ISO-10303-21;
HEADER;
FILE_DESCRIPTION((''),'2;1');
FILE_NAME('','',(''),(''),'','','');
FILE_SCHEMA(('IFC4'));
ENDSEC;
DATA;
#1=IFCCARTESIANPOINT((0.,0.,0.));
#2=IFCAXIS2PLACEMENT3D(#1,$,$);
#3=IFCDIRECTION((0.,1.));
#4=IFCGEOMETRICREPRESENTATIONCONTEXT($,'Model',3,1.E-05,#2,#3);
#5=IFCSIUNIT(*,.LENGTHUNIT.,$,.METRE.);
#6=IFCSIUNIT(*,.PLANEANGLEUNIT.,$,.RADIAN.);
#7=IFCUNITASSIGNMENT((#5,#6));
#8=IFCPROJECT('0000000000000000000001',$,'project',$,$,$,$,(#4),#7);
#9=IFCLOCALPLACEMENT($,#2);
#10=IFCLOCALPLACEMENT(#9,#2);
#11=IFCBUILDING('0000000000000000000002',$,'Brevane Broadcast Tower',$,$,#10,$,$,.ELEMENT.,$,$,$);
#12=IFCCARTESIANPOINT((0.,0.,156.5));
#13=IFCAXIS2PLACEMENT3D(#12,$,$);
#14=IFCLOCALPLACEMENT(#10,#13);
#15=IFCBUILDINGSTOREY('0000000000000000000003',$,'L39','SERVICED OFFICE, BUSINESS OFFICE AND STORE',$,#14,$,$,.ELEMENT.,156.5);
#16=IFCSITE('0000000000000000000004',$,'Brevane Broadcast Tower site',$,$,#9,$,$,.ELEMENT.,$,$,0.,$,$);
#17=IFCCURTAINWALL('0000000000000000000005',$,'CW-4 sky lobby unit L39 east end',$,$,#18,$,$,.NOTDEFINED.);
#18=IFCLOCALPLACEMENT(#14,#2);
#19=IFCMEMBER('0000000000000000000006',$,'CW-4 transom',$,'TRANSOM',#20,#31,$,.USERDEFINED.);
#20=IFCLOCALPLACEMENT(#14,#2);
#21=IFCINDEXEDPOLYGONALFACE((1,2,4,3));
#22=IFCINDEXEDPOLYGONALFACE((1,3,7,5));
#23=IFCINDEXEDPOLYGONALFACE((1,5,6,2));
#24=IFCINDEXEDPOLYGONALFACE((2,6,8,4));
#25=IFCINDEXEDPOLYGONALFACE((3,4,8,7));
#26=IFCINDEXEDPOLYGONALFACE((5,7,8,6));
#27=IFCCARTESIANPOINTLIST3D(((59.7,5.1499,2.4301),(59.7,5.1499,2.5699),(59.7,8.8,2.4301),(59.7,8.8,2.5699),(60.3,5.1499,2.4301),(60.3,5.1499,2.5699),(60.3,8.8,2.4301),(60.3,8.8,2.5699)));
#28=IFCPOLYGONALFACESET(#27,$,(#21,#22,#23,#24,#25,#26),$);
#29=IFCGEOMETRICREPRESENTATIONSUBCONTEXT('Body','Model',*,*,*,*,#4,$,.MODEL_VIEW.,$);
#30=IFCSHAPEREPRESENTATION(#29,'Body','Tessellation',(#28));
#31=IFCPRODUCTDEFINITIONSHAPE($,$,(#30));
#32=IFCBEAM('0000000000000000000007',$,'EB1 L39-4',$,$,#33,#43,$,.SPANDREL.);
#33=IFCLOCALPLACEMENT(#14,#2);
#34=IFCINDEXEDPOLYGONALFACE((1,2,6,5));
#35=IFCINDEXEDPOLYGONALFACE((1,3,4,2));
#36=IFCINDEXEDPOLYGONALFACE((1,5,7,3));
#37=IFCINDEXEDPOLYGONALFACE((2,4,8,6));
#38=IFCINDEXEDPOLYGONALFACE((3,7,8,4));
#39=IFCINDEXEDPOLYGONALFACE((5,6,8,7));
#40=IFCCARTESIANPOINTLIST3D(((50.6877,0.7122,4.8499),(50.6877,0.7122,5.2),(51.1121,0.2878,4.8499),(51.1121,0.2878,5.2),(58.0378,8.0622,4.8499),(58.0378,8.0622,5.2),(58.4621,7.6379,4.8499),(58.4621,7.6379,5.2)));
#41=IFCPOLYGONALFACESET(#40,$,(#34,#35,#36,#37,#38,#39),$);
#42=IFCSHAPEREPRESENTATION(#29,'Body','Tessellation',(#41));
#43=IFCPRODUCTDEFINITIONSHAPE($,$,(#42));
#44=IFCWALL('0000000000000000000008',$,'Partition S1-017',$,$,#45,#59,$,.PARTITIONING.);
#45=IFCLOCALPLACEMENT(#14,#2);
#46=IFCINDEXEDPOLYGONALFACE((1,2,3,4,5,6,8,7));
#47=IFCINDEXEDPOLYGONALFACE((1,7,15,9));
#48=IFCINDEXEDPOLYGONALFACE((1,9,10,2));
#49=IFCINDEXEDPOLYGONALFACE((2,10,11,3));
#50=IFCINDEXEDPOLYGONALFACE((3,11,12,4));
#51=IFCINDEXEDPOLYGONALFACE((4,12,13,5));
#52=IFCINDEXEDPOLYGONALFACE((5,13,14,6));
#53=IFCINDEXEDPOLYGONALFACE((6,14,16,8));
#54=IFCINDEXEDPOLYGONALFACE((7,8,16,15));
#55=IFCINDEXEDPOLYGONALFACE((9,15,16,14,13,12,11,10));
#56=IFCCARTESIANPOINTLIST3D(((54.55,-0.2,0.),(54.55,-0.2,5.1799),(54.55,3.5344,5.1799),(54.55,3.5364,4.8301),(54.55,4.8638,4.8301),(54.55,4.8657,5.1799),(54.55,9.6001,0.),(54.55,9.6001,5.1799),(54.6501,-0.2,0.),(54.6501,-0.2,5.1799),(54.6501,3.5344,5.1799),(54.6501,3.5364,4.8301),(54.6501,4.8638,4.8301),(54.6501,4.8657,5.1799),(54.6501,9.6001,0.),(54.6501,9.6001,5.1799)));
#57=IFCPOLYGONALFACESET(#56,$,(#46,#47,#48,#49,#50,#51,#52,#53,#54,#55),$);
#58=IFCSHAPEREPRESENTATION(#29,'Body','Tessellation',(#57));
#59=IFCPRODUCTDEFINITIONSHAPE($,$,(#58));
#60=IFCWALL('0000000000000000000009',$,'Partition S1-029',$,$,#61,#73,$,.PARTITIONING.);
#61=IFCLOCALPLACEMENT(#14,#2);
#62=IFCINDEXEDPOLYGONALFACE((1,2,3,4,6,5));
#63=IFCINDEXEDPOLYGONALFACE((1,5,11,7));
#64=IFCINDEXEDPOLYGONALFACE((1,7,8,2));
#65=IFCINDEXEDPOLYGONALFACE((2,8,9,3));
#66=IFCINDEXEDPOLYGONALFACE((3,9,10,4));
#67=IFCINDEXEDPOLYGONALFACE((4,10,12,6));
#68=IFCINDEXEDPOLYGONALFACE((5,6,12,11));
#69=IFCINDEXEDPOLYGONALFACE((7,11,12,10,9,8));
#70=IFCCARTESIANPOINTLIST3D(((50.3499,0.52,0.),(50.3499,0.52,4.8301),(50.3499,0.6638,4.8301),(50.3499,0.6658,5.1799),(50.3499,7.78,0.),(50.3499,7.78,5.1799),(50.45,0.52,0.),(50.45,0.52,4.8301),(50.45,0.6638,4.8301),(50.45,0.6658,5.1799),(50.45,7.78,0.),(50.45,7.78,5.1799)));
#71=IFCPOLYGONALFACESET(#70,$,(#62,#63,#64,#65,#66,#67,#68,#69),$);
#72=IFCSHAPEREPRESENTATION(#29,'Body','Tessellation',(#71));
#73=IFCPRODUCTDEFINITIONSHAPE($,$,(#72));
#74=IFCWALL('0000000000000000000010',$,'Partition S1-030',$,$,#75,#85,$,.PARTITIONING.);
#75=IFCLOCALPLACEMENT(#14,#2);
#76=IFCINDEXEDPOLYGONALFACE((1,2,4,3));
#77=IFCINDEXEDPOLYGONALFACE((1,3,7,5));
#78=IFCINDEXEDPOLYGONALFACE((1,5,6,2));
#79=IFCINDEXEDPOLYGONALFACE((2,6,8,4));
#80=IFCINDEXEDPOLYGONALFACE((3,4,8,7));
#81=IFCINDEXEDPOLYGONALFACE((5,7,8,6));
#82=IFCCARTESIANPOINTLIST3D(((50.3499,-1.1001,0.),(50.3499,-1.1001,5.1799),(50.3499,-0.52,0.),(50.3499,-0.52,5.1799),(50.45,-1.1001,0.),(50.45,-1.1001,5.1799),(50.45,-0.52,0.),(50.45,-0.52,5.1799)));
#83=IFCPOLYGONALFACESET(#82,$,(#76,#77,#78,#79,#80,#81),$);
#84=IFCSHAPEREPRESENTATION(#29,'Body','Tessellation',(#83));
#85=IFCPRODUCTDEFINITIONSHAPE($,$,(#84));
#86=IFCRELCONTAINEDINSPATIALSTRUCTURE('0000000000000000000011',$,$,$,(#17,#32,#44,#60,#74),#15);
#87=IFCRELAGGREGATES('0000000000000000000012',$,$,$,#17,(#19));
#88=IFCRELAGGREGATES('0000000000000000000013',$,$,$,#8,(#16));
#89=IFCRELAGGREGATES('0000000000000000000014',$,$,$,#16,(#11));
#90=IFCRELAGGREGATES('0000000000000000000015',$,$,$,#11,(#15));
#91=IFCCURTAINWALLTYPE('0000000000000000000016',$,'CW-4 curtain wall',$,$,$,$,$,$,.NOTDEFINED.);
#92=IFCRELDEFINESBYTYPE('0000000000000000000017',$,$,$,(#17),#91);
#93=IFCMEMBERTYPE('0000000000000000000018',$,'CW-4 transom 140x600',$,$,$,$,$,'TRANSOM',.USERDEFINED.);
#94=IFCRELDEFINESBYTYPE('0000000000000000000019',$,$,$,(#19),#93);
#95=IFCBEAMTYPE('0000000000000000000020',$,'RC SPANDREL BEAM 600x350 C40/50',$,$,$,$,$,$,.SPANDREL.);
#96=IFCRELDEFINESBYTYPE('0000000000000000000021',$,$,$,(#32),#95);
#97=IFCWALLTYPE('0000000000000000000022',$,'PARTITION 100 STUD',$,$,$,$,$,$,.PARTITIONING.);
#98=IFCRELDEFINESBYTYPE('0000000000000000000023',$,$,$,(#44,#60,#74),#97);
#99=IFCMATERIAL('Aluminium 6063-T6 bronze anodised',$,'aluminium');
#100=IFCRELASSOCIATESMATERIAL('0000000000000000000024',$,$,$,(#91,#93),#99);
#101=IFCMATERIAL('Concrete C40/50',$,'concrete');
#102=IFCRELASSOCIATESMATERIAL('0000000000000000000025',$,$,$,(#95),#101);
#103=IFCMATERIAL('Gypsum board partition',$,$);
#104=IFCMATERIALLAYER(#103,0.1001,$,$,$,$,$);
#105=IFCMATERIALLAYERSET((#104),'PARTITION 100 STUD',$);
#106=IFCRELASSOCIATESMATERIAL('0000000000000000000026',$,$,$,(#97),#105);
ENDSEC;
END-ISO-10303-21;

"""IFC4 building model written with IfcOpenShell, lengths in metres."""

from ifc_helpers import new_model, si_unit, direction, frame, frame_2d, origin, origin_2d, place, context, subcontext, project, spatial, polyline, rectangle, outline, extrude, material, layer, layer_set, material_profile, profile_set, type_object, element, aggregate, save


model = new_model("IFC4")

# Units and contexts
model_context = context("Model", 3, precision=1e-05, world=origin(), true_north=direction((0.0, 1.0)))
body_context = subcontext(model_context, "Body", "Model", "MODEL_VIEW")
ifc_project = project(units=[si_unit("LENGTHUNIT", "METRE"), si_unit("PLANEANGLEUNIT", "RADIAN")], contexts=[model_context])

# Site, building, storey
site_placement = place(None, origin())
site = spatial("IfcSite", under=ifc_project, at=site_placement, Name="Brevane Broadcast Tower site", CompositionType="ELEMENT", RefElevation=0.0)
building_placement = place(site_placement, origin())
building = spatial("IfcBuilding", under=site, at=building_placement, Name="Brevane Broadcast Tower", CompositionType="ELEMENT")
storey_placement = place(building_placement, frame((0.0, 0.0, 156.5)))
storey = spatial("IfcBuildingStorey", under=building, at=storey_placement, Name="L39", Description="SERVICED OFFICE, BUSINESS OFFICE AND STORE", CompositionType="ELEMENT", Elevation=156.5)

# Shared definitions
ifc_material_1 = material(Name="Aluminium 6063-T6 bronze anodised", Category="aluminium")
curtain_wall_type = type_object("IfcCurtainWallType", Name="CW-4 curtain wall", PredefinedType="NOTDEFINED", material=ifc_material_1)

# Curtain wall
curtain_wall_1_placement = place(storey_placement, origin())
curtain_wall_1 = element("IfcCurtainWall", 1, at=curtain_wall_1_placement, inside=storey, type_object=curtain_wall_type, Name="CW-4 sky lobby unit L39 east end", PredefinedType="NOTDEFINED")

# Member
ifc_material_profile_1 = material_profile(ifc_material_1, rectangle(XDim=0.6001, YDim=0.1399, at=origin_2d()), Name="RECT 140x600")
ifc_profile_set_1 = profile_set([ifc_material_profile_1], Name="Aluminium 6063-T6 bronze anodised")
member_type_1 = type_object("IfcMemberType", Name="CW-4 transom 140x600", ElementType="TRANSOM", PredefinedType="USERDEFINED", material=ifc_profile_set_1)
member_1_placement = place(storey_placement, frame((60.0, 5.1499, 2.5), z_axis=(0.0, 1.0, 0.0), x_axis=(-1.0, 0.0, 0.0)))
member_1 = element("IfcMember", 2, at=member_1_placement, type_object=member_type_1, Name="CW-4 transom", ObjectType="TRANSOM", PredefinedType="USERDEFINED", context=body_context, shape_type="SweptSolid", body=[
    extrude(rectangle(XDim=0.6001, YDim=0.1399, at=origin_2d()), origin(), (0.0, 0.0, 1.0), 3.6501),
])
aggregate(curtain_wall_1, [member_1])

# Beam
ifc_material_2 = material(Name="Concrete C40/50", Category="concrete")
ifc_material_profile_2 = material_profile(ifc_material_2, rectangle(XDim=0.6001, YDim=0.3501, at=origin_2d()), Name="RC 600x350")
ifc_profile_set_2 = profile_set([ifc_material_profile_2], Name="Concrete C40/50")
beam_type = type_object("IfcBeamType", Name="RC SPANDREL BEAM 600x350 C40/50", PredefinedType="SPANDREL", material=ifc_profile_set_2)
beam_placement = place(storey_placement, frame((50.8999, 0.5, 5.0249), z_axis=(0.707107, 0.707107, 0.0), x_axis=(-0.707107, 0.707107, 0.0)))
element("IfcBeam", 3, at=beam_placement, inside=storey, type_object=beam_type, Name="EB1 L39-4", PredefinedType="SPANDREL", context=body_context, shape_type="SweptSolid", body=[
    extrude(rectangle(XDim=0.6001, YDim=0.3501, at=origin_2d()), origin(), (0.0, 0.0, 1.0), 10.3945),
])

# Walls
ifc_material_3 = material(Name="Gypsum board partition")
ifc_layer = layer(ifc_material_3, 0.1001)
ifc_layer_set = layer_set([ifc_layer], Name="PARTITION 100 STUD")
wall_type = type_object("IfcWallType", Name="PARTITION 100 STUD", PredefinedType="PARTITIONING", material=ifc_layer_set)
wall_1_placement = place(storey_placement, frame((54.6001, -0.2, 0.0), z_axis=(0.0, 0.0, 1.0), x_axis=(0.0, 1.0, 0.0)))
element("IfcWall", 4, at=wall_1_placement, inside=storey, type_object=wall_type, Name="Partition S1-017", PredefinedType="PARTITIONING", context=body_context, shape_type="SweptSolid", body=[
    extrude(outline(polyline([(0.0, 0.0), (9.8, 0.0), (9.8, 5.1799), (5.0657, 5.1799), (5.0637, 4.8301), (3.7363, 4.8301), (3.7344, 5.1799), (0.0, 5.1799), (0.0, 0.0)])), frame((0.0, 0.05, 0.0), z_axis=(0.0, -1.0, 0.0), x_axis=(1.0, 0.0, 0.0)), (0.0, 0.0, 1.0), 0.1001),
])
wall_2_placement = place(storey_placement, frame((50.3999, 7.78, 0.0), z_axis=(0.0, 0.0, 1.0), x_axis=(0.0, -1.0, 0.0)))
element("IfcWall", 5, at=wall_2_placement, inside=storey, type_object=wall_type, Name="Partition S1-029", PredefinedType="PARTITIONING", context=body_context, shape_type="SweptSolid", body=[
    extrude(outline(polyline([(0.0, 0.0), (7.26, 0.0), (7.26, 4.8301), (7.1162, 4.8301), (7.1143, 5.1799), (0.0, 5.1799), (0.0, 0.0)])), frame((0.0, 0.05, 0.0), z_axis=(0.0, -1.0, 0.0), x_axis=(1.0, 0.0, 0.0)), (0.0, 0.0, 1.0), 0.1001),
])
wall_3_placement = place(storey_placement, frame((50.3999, -0.52, 0.0), z_axis=(0.0, 0.0, 1.0), x_axis=(0.0, -1.0, 0.0)))
element("IfcWall", 6, at=wall_3_placement, inside=storey, type_object=wall_type, Name="Partition S1-030", PredefinedType="PARTITIONING", context=body_context, shape_type="SweptSolid", body=[
    extrude(rectangle(XDim=0.5801, YDim=0.1001, at=frame_2d((0.29, 0.0))), origin(), (0.0, 0.0, 1.0), 5.1799),
])

save(model, "model.ifc")
